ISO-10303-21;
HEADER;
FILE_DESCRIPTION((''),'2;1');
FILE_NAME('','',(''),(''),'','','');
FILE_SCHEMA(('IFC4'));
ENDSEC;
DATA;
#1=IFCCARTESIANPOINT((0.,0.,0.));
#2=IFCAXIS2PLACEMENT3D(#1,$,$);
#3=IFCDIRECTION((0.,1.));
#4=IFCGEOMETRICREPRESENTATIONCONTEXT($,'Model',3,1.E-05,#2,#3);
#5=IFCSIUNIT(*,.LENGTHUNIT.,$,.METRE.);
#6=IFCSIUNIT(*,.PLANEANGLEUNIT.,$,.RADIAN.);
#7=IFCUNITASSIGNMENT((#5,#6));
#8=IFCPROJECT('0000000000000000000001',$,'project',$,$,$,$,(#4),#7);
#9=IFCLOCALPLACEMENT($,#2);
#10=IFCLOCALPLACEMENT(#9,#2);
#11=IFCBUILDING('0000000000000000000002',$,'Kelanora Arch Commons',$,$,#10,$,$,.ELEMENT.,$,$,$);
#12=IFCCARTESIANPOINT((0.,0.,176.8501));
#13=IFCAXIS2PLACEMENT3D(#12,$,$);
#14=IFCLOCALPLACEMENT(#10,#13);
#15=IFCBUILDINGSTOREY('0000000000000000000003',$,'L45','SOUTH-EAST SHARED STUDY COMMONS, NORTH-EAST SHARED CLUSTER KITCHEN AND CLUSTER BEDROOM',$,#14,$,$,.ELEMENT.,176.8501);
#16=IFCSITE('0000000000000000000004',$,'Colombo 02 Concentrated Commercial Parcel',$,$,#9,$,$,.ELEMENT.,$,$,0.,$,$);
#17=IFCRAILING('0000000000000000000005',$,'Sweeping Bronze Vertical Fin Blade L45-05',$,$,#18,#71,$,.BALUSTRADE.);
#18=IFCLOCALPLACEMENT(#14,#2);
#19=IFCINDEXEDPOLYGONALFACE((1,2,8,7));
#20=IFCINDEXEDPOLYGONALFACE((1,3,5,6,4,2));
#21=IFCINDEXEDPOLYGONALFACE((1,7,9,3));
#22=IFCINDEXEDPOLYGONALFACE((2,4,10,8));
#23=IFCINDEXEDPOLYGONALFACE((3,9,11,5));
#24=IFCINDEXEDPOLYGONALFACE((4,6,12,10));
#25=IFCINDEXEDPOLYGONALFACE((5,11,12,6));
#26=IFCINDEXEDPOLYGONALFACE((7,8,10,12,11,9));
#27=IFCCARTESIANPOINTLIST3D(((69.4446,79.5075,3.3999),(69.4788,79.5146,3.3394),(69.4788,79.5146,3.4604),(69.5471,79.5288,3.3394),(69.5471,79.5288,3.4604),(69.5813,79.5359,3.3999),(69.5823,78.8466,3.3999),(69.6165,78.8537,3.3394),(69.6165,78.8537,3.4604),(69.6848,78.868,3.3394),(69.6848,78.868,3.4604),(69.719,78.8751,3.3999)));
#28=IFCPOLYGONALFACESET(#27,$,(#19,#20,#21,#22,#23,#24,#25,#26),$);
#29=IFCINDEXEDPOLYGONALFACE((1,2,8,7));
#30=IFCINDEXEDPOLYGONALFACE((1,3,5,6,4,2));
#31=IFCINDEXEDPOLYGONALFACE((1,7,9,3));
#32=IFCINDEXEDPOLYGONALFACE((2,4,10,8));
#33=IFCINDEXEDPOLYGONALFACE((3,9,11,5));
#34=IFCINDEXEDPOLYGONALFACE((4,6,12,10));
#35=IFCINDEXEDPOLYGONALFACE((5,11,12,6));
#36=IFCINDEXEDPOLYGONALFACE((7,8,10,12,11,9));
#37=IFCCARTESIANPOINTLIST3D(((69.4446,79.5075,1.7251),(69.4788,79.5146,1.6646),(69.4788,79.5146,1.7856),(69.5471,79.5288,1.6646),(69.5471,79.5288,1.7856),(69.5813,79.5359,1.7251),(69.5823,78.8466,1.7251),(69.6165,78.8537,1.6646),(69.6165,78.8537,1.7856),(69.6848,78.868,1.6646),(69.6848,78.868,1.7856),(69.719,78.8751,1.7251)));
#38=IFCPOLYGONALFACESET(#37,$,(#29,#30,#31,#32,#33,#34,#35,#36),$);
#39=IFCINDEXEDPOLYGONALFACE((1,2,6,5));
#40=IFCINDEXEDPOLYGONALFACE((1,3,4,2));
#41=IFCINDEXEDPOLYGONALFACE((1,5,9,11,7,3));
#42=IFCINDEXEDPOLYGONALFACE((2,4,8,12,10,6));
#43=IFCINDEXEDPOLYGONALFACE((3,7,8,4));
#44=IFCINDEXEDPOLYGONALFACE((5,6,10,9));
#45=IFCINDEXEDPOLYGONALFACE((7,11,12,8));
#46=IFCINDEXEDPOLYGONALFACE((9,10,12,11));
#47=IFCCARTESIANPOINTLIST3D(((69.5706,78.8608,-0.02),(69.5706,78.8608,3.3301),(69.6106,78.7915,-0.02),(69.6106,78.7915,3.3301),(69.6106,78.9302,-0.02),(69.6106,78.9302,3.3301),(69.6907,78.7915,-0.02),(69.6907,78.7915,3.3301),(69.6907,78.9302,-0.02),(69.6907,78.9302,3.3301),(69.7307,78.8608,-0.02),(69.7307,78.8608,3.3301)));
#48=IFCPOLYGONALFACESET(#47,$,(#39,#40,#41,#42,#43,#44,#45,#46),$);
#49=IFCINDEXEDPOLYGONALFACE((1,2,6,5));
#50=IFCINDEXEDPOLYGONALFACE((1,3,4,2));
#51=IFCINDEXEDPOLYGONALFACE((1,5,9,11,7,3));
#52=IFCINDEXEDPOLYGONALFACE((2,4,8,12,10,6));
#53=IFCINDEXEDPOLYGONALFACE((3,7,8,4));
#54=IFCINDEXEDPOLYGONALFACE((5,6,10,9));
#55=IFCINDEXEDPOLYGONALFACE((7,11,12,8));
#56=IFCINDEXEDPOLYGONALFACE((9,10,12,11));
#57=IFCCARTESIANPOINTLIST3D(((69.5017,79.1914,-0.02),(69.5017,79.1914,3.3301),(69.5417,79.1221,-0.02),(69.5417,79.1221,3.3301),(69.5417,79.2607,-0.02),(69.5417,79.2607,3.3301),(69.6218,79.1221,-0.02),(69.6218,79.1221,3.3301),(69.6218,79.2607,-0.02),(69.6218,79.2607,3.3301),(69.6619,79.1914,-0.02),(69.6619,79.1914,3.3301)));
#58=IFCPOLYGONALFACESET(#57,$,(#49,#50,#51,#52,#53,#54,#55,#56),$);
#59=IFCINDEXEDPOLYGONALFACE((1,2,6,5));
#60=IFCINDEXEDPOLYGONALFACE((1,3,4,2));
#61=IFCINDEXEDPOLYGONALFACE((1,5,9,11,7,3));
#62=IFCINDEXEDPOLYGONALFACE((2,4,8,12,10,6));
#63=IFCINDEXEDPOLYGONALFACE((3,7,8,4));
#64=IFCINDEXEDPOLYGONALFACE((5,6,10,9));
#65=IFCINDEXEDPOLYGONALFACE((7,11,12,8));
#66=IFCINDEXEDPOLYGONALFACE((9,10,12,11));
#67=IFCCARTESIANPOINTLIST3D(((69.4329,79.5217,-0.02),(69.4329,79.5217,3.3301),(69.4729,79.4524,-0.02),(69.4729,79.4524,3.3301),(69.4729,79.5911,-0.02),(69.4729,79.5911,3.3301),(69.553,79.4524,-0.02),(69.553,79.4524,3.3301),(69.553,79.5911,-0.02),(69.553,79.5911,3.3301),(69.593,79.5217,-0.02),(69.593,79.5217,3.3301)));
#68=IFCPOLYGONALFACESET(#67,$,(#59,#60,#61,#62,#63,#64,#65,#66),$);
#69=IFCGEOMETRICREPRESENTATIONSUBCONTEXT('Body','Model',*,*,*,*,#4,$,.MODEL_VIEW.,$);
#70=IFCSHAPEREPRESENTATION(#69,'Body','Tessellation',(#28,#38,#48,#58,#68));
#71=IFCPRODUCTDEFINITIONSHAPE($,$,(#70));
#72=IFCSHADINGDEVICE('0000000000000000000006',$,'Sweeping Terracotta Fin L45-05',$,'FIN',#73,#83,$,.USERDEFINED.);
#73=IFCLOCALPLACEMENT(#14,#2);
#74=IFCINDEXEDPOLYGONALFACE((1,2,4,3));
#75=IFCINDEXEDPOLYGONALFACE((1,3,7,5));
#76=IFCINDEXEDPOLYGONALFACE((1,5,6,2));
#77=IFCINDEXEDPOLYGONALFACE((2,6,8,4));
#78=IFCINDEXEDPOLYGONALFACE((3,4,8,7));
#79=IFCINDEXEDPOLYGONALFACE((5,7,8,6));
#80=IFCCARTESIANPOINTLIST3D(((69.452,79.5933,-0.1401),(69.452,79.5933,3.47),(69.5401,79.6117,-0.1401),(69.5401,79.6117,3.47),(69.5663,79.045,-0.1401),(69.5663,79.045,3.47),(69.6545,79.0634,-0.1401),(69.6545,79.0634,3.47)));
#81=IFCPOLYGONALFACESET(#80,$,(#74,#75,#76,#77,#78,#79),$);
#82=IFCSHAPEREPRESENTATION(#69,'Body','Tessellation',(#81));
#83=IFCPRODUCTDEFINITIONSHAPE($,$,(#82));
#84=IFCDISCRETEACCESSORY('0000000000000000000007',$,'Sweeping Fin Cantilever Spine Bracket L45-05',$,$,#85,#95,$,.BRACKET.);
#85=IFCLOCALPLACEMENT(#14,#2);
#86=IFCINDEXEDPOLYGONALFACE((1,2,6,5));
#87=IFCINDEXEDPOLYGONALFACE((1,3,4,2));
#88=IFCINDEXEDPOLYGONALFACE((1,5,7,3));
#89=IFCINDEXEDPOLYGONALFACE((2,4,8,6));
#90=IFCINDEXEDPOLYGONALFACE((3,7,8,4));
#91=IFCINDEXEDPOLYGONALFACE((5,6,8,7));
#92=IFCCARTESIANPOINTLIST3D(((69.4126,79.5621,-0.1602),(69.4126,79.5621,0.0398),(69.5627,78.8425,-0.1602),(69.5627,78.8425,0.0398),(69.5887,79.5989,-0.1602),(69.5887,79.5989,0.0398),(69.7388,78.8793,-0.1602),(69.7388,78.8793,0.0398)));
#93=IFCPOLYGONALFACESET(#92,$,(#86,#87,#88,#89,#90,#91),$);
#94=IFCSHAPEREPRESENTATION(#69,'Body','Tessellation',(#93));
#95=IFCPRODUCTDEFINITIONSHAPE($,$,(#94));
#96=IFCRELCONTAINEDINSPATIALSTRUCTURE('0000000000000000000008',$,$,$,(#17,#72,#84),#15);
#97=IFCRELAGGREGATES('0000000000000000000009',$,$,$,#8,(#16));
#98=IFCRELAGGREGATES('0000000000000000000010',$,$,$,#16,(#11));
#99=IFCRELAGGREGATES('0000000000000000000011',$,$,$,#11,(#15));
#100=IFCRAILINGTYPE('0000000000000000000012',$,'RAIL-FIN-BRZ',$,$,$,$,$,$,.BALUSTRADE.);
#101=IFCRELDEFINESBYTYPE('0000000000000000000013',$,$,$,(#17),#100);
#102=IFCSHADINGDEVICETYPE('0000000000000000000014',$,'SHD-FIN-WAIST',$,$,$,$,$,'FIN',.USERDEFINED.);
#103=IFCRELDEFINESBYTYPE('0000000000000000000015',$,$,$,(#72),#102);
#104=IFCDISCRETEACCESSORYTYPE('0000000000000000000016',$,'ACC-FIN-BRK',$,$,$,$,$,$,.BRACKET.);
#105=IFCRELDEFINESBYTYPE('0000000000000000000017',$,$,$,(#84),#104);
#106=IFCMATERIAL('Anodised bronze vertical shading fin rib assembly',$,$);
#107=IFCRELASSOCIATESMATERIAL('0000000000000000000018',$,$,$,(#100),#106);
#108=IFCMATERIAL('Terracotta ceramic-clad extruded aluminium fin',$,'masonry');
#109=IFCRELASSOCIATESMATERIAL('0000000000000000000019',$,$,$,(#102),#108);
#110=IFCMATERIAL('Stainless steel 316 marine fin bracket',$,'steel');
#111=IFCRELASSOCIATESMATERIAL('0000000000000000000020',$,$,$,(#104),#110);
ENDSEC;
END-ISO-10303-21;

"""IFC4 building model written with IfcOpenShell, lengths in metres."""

from ifc_helpers import new_model, si_unit, direction, frame, origin, origin_2d, place, context, subcontext, project, spatial, polyline, rectangle, outline, extrude, source, transform, mapped, material, type_object, element, save


model = new_model("IFC4")

# Units and contexts
model_context = context("Model", 3, precision=1e-05, world=origin(), true_north=direction((0.0, 1.0)))
body_context = subcontext(model_context, "Body", "Model", "MODEL_VIEW")
ifc_project = project(units=[si_unit("LENGTHUNIT", "METRE"), si_unit("PLANEANGLEUNIT", "RADIAN")], contexts=[model_context])

# Site, building, storey
site_placement = place(None, origin())
site = spatial("IfcSite", under=ifc_project, at=site_placement, Name="Colombo 02 Concentrated Commercial Parcel", CompositionType="ELEMENT", RefElevation=0.0)
building_placement = place(site_placement, origin())
building = spatial("IfcBuilding", under=site, at=building_placement, Name="Kelanora Arch Commons", CompositionType="ELEMENT")
storey_placement = place(building_placement, frame((0.0, 0.0, 176.8501)))
storey = spatial("IfcBuildingStorey", under=building, at=storey_placement, Name="L45", Description="SOUTH-EAST SHARED STUDY COMMONS, NORTH-EAST SHARED CLUSTER KITCHEN AND CLUSTER BEDROOM", CompositionType="ELEMENT", Elevation=176.8501)

# Railing
ifc_material_1 = material(Name="Anodised bronze vertical shading fin rib assembly")
railing_type = type_object("IfcRailingType", Name="RAIL-FIN-BRZ", PredefinedType="BALUSTRADE", material=ifc_material_1)
railing_placement = place(storey_placement, frame((69.6506, 78.8608, -0.02)))
element("IfcRailing", 1, at=railing_placement, inside=storey, type_object=railing_type, Name="Sweeping Bronze Vertical Fin Blade L45-05", PredefinedType="BALUSTRADE", context=body_context, shape_type="SweptSolid", body=[
    extrude(outline(polyline([(0.0698, 0.0), (0.0349, 0.0605), (-0.0349, 0.0605), (-0.0698, 0.0), (-0.0349, -0.0605), (0.0349, -0.0605), (0.0698, 0.0)])), frame((0.0, 0.0, 3.4199), z_axis=(-0.203969, 0.978977, 0.0), x_axis=(-0.978977, -0.203969, 0.0)), (0.0, 0.0, 1.0), 0.675),
    extrude(outline(polyline([(0.0698, 0.0), (0.0349, 0.0605), (-0.0349, 0.0605), (-0.0698, 0.0), (-0.0349, -0.0605), (0.0349, -0.0605), (0.0698, 0.0)])), frame((0.0, 0.0, 1.7451), z_axis=(-0.203969, 0.978977, 0.0), x_axis=(-0.978977, -0.203969, 0.0)), (0.0, 0.0, 1.0), 0.675),
    extrude(outline(polyline([(0.0801, 0.0), (0.04, 0.0693), (-0.04, 0.0693), (-0.0801, 0.0), (-0.04, -0.0693), (0.04, -0.0693), (0.0801, 0.0)])), origin(), (0.0, 0.0, 1.0), 3.3501),
    extrude(outline(polyline([(0.0801, 0.0), (0.04, 0.0693), (-0.04, 0.0693), (-0.0801, 0.0), (-0.04, -0.0693), (0.04, -0.0693), (0.0801, 0.0)])), frame((-0.0688, 0.3306, 0.0)), (0.0, 0.0, 1.0), 3.3501),
    extrude(outline(polyline([(0.0801, 0.0), (0.04, 0.0693), (-0.04, 0.0693), (-0.0801, 0.0), (-0.04, -0.0693), (0.04, -0.0693), (0.0801, 0.0)])), frame((-0.1377, 0.6609, 0.0)), (0.0, 0.0, 1.0), 3.3501),
])

# Shading device
ifc_material_2 = material(Name="Terracotta ceramic-clad extruded aluminium fin", Category="masonry")
shading_device_type = type_object("IfcShadingDeviceType", Name="SHD-FIN-WAIST", ElementType="FIN", PredefinedType="USERDEFINED", material=ifc_material_2)
shared_shape_1 = source(origin(), body_context, "Body", "SweptSolid", [
    extrude(rectangle(XDim=0.5601, YDim=0.0901, at=origin_2d()), origin(), (0.0, 0.0, 1.0), 3.6101),
])
shading_device_placement = place(storey_placement, frame((69.5532, 79.3284, -0.1401), z_axis=(0.0, 0.0, 1.0), x_axis=(-0.204154, 0.978939, 0.0)))
element("IfcShadingDevice", 2, at=shading_device_placement, inside=storey, type_object=shading_device_type, Name="Sweeping Terracotta Fin L45-05", ObjectType="FIN", PredefinedType="USERDEFINED", context=body_context, shape_type="MappedRepresentation", body=[
    mapped(shared_shape_1, transform((0.0, 0.0, 0.0), scale=1.0)),
])

# Discrete accessory
ifc_material_3 = material(Name="Stainless steel 316 marine fin bracket", Category="steel")
discrete_accessory_type = type_object("IfcDiscreteAccessoryType", Name="ACC-FIN-BRK", PredefinedType="BRACKET", material=ifc_material_3)
shared_shape_2 = source(origin(), body_context, "Body", "SweptSolid", [
    extrude(rectangle(XDim=0.7351, YDim=0.1799, at=origin_2d()), origin(), (0.0, 0.0, 1.0), 0.2),
])
discrete_accessory_placement = place(storey_placement, frame((69.5757, 79.2207, -0.1602), z_axis=(0.0, 0.0, 1.0), x_axis=(-0.204154, 0.978939, 0.0)))
element("IfcDiscreteAccessory", 3, at=discrete_accessory_placement, inside=storey, type_object=discrete_accessory_type, Name="Sweeping Fin Cantilever Spine Bracket L45-05", PredefinedType="BRACKET", context=body_context, shape_type="MappedRepresentation", body=[
    mapped(shared_shape_2, transform((0.0, 0.0, 0.0), scale=1.0)),
])

save(model, "model.ifc")
